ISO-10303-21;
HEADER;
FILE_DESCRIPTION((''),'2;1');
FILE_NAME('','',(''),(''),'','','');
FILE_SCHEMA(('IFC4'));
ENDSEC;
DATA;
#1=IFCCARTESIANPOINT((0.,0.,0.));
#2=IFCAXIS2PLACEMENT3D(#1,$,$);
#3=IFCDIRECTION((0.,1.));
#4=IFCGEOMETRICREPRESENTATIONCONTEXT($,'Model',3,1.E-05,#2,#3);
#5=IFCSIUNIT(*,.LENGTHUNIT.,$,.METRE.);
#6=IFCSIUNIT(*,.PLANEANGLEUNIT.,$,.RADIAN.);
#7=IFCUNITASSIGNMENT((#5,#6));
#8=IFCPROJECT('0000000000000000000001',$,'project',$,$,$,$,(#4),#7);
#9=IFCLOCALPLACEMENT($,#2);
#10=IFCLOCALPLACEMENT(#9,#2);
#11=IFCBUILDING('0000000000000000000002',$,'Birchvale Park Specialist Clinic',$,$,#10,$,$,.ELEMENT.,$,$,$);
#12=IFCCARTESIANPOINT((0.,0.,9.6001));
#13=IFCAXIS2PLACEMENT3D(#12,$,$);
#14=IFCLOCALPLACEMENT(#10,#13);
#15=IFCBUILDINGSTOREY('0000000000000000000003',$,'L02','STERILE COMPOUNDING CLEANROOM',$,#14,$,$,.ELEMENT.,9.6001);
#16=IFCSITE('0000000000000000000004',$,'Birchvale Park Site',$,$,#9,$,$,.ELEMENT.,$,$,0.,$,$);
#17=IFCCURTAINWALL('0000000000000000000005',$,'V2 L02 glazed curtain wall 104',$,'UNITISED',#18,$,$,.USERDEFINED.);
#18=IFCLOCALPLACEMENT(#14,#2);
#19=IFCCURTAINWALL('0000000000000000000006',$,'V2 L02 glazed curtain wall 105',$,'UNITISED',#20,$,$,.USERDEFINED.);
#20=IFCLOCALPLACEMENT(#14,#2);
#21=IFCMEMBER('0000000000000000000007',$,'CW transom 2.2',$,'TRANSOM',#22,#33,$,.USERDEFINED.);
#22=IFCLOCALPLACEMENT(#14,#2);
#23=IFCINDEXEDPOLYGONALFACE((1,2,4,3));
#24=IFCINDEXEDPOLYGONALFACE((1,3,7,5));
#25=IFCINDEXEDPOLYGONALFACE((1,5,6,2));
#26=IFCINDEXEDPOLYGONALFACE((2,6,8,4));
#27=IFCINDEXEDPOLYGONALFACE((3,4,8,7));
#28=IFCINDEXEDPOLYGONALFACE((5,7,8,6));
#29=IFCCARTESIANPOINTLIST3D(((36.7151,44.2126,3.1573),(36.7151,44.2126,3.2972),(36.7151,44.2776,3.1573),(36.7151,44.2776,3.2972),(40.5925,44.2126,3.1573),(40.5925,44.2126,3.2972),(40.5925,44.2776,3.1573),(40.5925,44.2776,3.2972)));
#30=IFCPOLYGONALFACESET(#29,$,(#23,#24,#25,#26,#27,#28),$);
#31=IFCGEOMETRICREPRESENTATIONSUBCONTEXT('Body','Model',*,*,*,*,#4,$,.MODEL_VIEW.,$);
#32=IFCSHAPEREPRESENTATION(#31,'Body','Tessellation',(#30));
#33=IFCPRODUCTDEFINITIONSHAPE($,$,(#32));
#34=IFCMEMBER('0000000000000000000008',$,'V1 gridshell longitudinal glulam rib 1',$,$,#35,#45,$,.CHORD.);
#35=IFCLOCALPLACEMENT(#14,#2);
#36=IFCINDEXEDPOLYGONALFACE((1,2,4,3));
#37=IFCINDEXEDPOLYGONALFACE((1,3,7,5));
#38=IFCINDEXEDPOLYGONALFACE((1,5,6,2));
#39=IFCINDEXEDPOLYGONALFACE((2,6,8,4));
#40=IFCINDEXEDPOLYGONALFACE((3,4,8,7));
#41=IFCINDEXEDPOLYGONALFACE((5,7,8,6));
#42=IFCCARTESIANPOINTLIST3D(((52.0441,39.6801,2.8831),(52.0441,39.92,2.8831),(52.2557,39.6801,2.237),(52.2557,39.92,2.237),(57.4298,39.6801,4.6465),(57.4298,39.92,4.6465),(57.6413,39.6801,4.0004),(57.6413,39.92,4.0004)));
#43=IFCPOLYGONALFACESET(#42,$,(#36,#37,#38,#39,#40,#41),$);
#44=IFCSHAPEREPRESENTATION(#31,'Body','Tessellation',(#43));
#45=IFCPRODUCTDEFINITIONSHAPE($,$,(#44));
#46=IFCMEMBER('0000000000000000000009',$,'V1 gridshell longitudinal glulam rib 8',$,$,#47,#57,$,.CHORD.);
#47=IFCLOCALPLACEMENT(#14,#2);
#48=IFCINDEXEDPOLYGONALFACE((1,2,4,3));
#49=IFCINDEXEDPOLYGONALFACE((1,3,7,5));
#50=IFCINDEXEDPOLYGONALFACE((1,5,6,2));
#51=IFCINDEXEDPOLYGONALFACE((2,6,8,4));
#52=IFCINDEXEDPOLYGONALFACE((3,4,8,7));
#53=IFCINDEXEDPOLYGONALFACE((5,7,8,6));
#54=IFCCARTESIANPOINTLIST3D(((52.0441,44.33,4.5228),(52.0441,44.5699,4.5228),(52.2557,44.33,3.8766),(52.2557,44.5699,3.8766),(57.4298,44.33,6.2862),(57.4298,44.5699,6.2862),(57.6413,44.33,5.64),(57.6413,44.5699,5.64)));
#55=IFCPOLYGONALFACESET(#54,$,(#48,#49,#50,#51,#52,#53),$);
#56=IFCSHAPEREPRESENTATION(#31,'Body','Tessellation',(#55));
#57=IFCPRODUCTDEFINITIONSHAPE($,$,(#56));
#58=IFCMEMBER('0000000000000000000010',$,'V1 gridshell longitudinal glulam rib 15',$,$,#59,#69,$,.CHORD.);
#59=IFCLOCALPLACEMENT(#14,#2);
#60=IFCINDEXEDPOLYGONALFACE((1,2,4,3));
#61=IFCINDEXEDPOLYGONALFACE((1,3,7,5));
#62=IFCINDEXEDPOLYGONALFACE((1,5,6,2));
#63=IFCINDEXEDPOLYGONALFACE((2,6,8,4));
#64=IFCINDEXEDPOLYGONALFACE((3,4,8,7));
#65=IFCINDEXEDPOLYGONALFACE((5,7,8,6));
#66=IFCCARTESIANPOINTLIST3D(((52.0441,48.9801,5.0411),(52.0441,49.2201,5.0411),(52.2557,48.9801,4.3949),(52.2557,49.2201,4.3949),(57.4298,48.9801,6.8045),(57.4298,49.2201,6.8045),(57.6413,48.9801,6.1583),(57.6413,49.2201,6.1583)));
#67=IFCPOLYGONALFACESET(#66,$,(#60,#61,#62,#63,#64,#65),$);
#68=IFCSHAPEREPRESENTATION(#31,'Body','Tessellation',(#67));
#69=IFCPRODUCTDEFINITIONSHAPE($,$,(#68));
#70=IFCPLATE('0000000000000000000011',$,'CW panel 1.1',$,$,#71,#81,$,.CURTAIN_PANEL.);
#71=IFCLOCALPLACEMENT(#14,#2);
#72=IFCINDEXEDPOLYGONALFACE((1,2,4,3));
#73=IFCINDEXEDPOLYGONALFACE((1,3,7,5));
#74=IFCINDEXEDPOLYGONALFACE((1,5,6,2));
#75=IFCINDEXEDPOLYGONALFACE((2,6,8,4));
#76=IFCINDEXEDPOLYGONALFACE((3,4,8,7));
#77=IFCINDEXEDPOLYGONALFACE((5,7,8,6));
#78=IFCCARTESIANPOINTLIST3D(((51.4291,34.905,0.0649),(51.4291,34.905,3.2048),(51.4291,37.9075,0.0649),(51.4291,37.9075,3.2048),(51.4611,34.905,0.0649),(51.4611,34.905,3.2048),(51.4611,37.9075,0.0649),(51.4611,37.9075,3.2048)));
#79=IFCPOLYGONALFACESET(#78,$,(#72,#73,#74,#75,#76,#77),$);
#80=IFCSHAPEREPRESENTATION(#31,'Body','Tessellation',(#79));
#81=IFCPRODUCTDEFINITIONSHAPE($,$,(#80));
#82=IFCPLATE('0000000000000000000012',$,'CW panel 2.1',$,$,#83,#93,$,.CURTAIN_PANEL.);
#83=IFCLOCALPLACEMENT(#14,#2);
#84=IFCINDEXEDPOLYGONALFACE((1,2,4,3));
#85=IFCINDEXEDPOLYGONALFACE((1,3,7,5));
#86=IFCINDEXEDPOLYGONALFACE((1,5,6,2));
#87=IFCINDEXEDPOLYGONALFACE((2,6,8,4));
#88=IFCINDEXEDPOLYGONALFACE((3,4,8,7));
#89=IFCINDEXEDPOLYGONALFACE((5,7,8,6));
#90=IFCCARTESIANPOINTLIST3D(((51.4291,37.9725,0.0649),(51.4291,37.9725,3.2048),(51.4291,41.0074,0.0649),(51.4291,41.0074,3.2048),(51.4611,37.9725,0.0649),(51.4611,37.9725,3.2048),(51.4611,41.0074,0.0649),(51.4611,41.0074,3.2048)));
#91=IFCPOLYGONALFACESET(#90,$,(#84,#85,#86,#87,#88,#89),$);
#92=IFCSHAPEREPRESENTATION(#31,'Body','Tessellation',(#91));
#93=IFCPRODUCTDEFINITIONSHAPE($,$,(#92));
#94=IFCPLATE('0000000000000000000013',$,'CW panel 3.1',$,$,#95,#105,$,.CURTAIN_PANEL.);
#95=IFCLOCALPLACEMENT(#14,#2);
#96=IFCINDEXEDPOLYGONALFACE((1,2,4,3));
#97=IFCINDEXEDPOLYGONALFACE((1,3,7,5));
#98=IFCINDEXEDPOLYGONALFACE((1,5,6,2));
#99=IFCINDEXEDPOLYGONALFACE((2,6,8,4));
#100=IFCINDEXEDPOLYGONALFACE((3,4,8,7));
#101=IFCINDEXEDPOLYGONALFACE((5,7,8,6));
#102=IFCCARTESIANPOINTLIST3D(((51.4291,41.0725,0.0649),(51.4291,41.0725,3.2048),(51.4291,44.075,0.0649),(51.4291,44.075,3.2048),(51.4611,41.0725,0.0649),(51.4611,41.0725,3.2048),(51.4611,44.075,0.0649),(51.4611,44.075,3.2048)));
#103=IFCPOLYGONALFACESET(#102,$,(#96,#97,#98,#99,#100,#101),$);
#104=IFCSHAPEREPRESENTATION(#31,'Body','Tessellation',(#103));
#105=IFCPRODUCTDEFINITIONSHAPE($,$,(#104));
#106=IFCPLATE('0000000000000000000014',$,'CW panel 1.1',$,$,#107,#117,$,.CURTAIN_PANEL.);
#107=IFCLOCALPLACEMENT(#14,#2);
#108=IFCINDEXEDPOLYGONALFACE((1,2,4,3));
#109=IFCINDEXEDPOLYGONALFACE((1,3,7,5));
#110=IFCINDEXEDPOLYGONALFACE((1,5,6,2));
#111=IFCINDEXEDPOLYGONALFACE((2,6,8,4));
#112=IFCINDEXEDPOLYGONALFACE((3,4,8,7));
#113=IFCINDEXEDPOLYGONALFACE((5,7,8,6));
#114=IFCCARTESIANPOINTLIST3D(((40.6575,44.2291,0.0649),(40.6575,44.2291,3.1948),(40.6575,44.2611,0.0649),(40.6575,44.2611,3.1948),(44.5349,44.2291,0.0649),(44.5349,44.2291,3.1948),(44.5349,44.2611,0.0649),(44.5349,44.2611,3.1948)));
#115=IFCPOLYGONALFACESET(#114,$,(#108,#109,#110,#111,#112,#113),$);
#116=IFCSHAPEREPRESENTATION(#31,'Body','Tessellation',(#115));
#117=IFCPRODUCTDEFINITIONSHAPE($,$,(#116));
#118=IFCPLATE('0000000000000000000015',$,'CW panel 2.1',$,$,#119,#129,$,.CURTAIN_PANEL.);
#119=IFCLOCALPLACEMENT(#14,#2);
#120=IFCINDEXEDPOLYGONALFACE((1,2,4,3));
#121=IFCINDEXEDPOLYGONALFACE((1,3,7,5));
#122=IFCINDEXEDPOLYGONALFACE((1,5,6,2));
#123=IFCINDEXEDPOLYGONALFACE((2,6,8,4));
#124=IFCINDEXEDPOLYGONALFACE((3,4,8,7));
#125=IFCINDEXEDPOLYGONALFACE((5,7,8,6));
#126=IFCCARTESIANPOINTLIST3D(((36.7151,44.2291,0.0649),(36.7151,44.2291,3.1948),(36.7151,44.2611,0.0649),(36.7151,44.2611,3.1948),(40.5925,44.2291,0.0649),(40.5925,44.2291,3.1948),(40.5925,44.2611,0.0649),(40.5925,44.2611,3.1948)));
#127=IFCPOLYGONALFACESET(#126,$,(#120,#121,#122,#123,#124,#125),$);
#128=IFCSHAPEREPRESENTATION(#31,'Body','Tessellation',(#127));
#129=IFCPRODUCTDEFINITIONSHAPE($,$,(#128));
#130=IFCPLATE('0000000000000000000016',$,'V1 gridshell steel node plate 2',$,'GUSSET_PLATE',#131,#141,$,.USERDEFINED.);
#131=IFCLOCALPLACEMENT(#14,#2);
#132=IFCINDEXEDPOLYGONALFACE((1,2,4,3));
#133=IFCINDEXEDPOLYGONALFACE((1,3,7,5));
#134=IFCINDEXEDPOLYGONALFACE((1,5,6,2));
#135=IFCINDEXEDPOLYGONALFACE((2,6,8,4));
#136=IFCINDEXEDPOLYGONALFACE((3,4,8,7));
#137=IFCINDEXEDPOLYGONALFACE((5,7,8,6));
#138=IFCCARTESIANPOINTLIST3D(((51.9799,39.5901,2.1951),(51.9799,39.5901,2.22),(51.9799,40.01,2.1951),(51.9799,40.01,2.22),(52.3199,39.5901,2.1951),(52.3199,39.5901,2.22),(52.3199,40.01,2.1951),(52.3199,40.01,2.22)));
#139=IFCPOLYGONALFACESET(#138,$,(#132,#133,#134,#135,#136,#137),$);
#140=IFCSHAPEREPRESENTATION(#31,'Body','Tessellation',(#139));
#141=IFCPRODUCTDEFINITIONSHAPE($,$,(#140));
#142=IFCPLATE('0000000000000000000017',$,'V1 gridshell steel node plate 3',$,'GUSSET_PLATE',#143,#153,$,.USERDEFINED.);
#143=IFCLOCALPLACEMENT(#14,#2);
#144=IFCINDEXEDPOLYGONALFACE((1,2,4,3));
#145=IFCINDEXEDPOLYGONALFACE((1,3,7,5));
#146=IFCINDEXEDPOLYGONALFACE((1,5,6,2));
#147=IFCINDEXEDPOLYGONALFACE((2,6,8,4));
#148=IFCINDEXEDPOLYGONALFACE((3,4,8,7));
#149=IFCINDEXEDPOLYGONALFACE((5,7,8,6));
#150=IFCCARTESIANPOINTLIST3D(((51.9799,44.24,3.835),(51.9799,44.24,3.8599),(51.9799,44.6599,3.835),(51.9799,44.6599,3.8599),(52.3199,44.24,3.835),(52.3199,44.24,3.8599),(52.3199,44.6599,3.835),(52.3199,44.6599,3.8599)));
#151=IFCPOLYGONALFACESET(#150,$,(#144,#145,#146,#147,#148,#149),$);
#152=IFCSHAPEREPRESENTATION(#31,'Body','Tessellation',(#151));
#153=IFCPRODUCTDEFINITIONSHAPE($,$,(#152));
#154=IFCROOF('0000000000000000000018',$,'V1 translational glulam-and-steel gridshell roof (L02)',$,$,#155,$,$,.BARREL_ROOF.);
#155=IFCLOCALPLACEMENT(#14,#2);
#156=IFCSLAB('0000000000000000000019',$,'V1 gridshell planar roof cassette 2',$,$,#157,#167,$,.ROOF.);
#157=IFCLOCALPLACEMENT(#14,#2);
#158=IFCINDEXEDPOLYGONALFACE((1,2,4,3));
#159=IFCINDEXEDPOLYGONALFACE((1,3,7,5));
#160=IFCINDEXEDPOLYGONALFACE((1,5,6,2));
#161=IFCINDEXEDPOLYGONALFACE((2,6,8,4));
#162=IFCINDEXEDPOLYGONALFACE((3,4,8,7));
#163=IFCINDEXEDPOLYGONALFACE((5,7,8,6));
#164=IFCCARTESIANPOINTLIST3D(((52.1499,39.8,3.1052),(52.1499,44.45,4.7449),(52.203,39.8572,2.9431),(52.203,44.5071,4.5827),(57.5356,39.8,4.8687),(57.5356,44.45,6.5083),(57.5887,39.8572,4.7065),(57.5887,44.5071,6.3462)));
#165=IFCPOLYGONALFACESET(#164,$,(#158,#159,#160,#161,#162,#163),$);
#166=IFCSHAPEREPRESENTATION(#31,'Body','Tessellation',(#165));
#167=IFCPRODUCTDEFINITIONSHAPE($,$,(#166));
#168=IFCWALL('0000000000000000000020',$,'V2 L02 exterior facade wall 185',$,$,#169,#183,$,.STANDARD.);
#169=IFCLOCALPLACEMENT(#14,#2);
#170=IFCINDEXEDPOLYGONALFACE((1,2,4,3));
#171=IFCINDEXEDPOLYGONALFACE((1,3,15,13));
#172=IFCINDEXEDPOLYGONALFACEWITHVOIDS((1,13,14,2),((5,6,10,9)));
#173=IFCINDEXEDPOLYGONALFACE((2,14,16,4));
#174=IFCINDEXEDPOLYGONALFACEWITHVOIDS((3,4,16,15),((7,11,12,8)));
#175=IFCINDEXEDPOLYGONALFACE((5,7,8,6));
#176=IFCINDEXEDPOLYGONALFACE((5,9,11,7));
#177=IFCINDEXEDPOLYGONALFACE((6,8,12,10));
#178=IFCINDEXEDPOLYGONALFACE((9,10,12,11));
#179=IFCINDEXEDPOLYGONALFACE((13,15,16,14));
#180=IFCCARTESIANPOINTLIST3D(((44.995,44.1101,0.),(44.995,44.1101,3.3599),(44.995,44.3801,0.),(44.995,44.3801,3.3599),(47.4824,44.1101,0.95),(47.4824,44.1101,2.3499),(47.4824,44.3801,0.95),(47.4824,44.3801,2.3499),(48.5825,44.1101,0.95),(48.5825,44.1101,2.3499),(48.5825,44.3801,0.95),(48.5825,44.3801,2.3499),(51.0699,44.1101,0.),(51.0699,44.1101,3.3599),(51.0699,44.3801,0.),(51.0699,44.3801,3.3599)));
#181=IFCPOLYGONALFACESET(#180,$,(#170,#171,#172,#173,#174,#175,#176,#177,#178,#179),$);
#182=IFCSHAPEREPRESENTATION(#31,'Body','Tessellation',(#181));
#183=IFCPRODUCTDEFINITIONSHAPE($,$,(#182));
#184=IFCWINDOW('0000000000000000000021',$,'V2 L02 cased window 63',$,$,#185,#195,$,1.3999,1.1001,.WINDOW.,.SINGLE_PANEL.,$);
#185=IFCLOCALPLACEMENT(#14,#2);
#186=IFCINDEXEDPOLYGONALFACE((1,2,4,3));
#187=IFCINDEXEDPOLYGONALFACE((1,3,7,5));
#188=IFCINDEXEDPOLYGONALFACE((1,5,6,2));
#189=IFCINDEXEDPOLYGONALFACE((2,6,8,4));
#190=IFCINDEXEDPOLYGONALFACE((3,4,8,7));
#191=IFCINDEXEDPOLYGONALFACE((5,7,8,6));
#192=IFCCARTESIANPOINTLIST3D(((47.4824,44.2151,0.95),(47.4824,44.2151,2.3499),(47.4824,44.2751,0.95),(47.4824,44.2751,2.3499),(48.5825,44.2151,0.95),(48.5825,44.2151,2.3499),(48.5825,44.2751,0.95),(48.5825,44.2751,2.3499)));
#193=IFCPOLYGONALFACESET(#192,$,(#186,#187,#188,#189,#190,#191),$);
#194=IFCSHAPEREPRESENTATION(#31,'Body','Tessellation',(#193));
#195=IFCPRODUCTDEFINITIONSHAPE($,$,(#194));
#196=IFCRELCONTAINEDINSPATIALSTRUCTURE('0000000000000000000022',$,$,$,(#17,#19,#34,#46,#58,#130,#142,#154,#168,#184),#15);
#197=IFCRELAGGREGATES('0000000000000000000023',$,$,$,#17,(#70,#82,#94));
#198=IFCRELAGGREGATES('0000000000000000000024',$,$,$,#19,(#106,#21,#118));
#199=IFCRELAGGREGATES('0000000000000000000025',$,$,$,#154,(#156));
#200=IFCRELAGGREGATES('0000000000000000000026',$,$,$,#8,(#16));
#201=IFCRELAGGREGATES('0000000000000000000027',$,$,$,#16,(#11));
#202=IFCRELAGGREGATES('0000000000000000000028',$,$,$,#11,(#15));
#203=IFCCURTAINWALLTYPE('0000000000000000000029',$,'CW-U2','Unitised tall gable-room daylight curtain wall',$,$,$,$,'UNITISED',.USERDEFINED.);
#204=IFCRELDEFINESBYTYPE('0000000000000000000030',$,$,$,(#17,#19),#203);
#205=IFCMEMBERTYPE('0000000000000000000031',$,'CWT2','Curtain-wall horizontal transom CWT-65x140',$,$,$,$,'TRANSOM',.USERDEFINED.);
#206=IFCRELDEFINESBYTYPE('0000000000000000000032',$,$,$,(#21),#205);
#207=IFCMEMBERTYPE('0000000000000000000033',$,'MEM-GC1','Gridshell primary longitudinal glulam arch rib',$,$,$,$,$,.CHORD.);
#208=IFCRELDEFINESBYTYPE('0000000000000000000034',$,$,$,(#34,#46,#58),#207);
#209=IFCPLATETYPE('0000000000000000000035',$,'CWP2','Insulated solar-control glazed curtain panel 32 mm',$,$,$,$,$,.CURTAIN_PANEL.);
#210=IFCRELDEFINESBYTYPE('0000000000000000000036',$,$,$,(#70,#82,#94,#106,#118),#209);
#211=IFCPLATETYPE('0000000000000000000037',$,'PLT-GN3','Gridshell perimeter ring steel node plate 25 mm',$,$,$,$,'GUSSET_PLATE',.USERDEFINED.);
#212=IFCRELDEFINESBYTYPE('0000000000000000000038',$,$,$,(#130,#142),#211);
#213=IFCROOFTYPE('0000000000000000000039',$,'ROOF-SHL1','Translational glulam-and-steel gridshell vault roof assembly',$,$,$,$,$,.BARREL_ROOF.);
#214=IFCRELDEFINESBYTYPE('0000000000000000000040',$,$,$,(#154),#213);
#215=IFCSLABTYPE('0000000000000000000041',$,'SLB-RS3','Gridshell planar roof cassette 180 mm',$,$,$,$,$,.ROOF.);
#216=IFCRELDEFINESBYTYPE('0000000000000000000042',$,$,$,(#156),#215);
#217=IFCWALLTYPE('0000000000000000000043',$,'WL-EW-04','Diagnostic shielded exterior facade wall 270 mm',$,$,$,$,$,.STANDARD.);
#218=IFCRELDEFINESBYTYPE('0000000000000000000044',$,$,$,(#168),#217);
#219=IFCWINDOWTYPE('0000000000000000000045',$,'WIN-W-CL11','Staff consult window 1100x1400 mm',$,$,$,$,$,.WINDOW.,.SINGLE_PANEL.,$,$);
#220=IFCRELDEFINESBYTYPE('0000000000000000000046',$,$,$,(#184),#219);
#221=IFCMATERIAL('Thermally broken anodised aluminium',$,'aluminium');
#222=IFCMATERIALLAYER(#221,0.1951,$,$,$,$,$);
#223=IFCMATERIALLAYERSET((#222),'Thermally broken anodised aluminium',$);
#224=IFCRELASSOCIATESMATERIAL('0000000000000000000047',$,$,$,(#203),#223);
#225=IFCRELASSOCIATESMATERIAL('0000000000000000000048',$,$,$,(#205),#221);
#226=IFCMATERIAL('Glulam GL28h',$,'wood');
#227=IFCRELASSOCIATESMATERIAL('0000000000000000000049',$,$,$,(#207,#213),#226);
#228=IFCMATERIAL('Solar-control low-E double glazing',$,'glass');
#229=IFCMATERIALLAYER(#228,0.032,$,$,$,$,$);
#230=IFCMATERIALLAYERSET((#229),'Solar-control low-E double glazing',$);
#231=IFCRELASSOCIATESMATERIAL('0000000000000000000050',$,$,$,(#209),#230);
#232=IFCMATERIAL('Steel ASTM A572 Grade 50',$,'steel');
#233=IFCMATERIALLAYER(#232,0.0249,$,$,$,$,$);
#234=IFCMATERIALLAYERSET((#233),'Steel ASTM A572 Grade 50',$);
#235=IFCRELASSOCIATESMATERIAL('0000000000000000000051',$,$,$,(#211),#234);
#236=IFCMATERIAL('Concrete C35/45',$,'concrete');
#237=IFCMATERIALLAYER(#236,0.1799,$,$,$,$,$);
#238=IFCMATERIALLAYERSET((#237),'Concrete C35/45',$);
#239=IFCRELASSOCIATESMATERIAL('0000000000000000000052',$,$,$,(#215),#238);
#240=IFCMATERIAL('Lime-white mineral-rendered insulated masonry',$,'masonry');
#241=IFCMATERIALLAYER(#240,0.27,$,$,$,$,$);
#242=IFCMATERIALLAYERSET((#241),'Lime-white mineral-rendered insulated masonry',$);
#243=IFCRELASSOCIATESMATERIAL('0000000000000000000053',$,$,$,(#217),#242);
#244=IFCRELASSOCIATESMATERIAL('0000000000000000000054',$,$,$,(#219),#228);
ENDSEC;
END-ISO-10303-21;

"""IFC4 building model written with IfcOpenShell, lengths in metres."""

from ifc_helpers import new_model, si_unit, direction, frame, frame_2d, origin, origin_2d, place, context, subcontext, project, spatial, polyline, rectangle, outline, extrude, material, layer, layer_set, material_profile, profile_set, type_object, element, fill, aggregate, save


model = new_model("IFC4")

# Units and contexts
model_context = context("Model", 3, precision=1e-05, world=origin(), true_north=direction((0.0, 1.0)))
body_context = subcontext(model_context, "Body", "Model", "MODEL_VIEW")
ifc_project = project(units=[si_unit("LENGTHUNIT", "METRE"), si_unit("PLANEANGLEUNIT", "RADIAN")], contexts=[model_context])

# Site, building, storey
site_placement = place(None, origin())
site = spatial("IfcSite", under=ifc_project, at=site_placement, Name="Birchvale Park Site", CompositionType="ELEMENT", RefElevation=0.0)
building_placement = place(site_placement, origin())
building = spatial("IfcBuilding", under=site, at=building_placement, Name="Birchvale Park Specialist Clinic", CompositionType="ELEMENT")
storey_placement = place(building_placement, frame((0.0, 0.0, 9.6001)))
storey = spatial("IfcBuildingStorey", under=building, at=storey_placement, Name="L02", Description="STERILE COMPOUNDING CLEANROOM", CompositionType="ELEMENT", Elevation=9.6001)

# Curtain walls
ifc_material_1 = material(Name="Thermally broken anodised aluminium", Category="aluminium")
ifc_layer_1 = layer(ifc_material_1, 0.1951)
ifc_layer_set_1 = layer_set([ifc_layer_1], Name="Thermally broken anodised aluminium")
curtain_wall_type = type_object("IfcCurtainWallType", Name="CW-U2", Description="Unitised tall gable-room daylight curtain wall", ElementType="UNITISED", PredefinedType="USERDEFINED", material=ifc_layer_set_1)
curtain_wall_1_placement = place(storey_placement, origin())
curtain_wall_1 = element("IfcCurtainWall", 1, at=curtain_wall_1_placement, inside=storey, type_object=curtain_wall_type, Name="V2 L02 glazed curtain wall 104", ObjectType="UNITISED", PredefinedType="USERDEFINED")
curtain_wall_2_placement = place(storey_placement, origin())
curtain_wall_2 = element("IfcCurtainWall", 2, at=curtain_wall_2_placement, inside=storey, type_object=curtain_wall_type, Name="V2 L02 glazed curtain wall 105", ObjectType="UNITISED", PredefinedType="USERDEFINED")

# Member
ifc_material_profile_1 = material_profile(ifc_material_1, rectangle(XDim=0.0649, YDim=0.1399, at=origin_2d()), Name="CWT-65x140")
ifc_profile_set_1 = profile_set([ifc_material_profile_1], Name="Thermally broken anodised aluminium")
member_type_1 = type_object("IfcMemberType", Name="CWT2", Description="Curtain-wall horizontal transom CWT-65x140", ElementType="TRANSOM", PredefinedType="USERDEFINED", material=ifc_profile_set_1)
member_1_placement = place(storey_placement, frame((40.5925, 44.2451, 3.2273), z_axis=(-1.0, 0.0, 0.0), x_axis=(0.0, -1.0, 0.0)))
member_1 = element("IfcMember", 3, at=member_1_placement, type_object=member_type_1, Name="CW transom 2.2", ObjectType="TRANSOM", PredefinedType="USERDEFINED", context=body_context, shape_type="SweptSolid", body=[
    extrude(rectangle(XDim=0.0649, YDim=0.1399, at=origin_2d()), origin(), (0.0, 0.0, 1.0), 3.8774),
])

# Members
ifc_material_2 = material(Name="Glulam GL28h", Category="wood")
ifc_material_profile_2 = material_profile(ifc_material_2, rectangle(XDim=0.24, YDim=0.6799, at=origin_2d()), Name="GL-240x680")
ifc_profile_set_2 = profile_set([ifc_material_profile_2], Name="Glulam GL28h")
member_type_2 = type_object("IfcMemberType", Name="MEM-GC1", Description="Gridshell primary longitudinal glulam arch rib", PredefinedType="CHORD", material=ifc_profile_set_2)
for number, where, z_axis, x_axis, name in (
    (4, (52.1499, 39.8, 2.5601), (0.950354, 0.0, 0.31117), (0.0, 1.0, 0.0), "V1 gridshell longitudinal glulam rib 1"),
    (5, (52.1499, 44.45, 4.1997), (0.950354, 0.0, 0.31117), (0.0, 1.0, 0.0), "V1 gridshell longitudinal glulam rib 8"),
    (6, (52.1499, 49.1001, 4.718), (0.950354, 0.0, 0.31117), (0.0, 1.0, 0.0), "V1 gridshell longitudinal glulam rib 15"),
):
    element("IfcMember", number, at=place(storey_placement, frame(where, z_axis=z_axis, x_axis=x_axis)), inside=storey, type_object=member_type_2, Name=name, PredefinedType="CHORD", context=body_context, shape_type="SweptSolid", body=[
        extrude(rectangle(XDim=0.24, YDim=0.6799, at=origin_2d()), origin(), (0.0, 0.0, 1.0), 5.667),
    ])

# Plates
ifc_material_3 = material(Name="Solar-control low-E double glazing", Category="glass")
ifc_layer_2 = layer(ifc_material_3, 0.032)
ifc_layer_set_2 = layer_set([ifc_layer_2], Name="Solar-control low-E double glazing")
plate_type_1 = type_object("IfcPlateType", Name="CWP2", Description="Insulated solar-control glazed curtain panel 32 mm", PredefinedType="CURTAIN_PANEL", material=ifc_layer_set_2)
plate_1_placement = place(storey_placement, frame((51.4451, 36.4062, 0.0649), z_axis=(0.0, 0.0, 1.0), x_axis=(0.0, 1.0, 0.0)))
plate_1 = element("IfcPlate", 7, at=plate_1_placement, type_object=plate_type_1, Name="CW panel 1.1", PredefinedType="CURTAIN_PANEL", context=body_context, shape_type="SweptSolid", body=[
    extrude(rectangle(XDim=3.0024, YDim=0.032, at=origin_2d()), origin(), (0.0, 0.0, 1.0), 3.1399),
])
plate_2_placement = place(storey_placement, frame((51.4451, 39.49, 0.0649), z_axis=(0.0, 0.0, 1.0), x_axis=(0.0, 1.0, 0.0)))
plate_2 = element("IfcPlate", 8, at=plate_2_placement, type_object=plate_type_1, Name="CW panel 2.1", PredefinedType="CURTAIN_PANEL", context=body_context, shape_type="SweptSolid", body=[
    extrude(rectangle(XDim=3.0349, YDim=0.032, at=origin_2d()), origin(), (0.0, 0.0, 1.0), 3.1399),
])
plate_3_placement = place(storey_placement, frame((51.4451, 42.5737, 0.0649), z_axis=(0.0, 0.0, 1.0), x_axis=(0.0, 1.0, 0.0)))
plate_3 = element("IfcPlate", 9, at=plate_3_placement, type_object=plate_type_1, Name="CW panel 3.1", PredefinedType="CURTAIN_PANEL", context=body_context, shape_type="SweptSolid", body=[
    extrude(rectangle(XDim=3.0024, YDim=0.032, at=origin_2d()), origin(), (0.0, 0.0, 1.0), 3.1399),
])
aggregate(curtain_wall_1, [plate_1, plate_2, plate_3])
plate_4_placement = place(storey_placement, frame((42.5962, 44.2451, 0.0649), z_axis=(0.0, 0.0, 1.0), x_axis=(-1.0, 0.0, 0.0)))
plate_4 = element("IfcPlate", 10, at=plate_4_placement, type_object=plate_type_1, Name="CW panel 1.1", PredefinedType="CURTAIN_PANEL", context=body_context, shape_type="SweptSolid", body=[
    extrude(rectangle(XDim=3.8774, YDim=0.032, at=origin_2d()), origin(), (0.0, 0.0, 1.0), 3.1299),
])
plate_5_placement = place(storey_placement, frame((38.6538, 44.2451, 0.0649), z_axis=(0.0, 0.0, 1.0), x_axis=(-1.0, 0.0, 0.0)))
plate_5 = element("IfcPlate", 11, at=plate_5_placement, type_object=plate_type_1, Name="CW panel 2.1", PredefinedType="CURTAIN_PANEL", context=body_context, shape_type="SweptSolid", body=[
    extrude(rectangle(XDim=3.8774, YDim=0.032, at=origin_2d()), origin(), (0.0, 0.0, 1.0), 3.1299),
])
aggregate(curtain_wall_2, [plate_4, member_1, plate_5])

# Plates
ifc_material_4 = material(Name="Steel ASTM A572 Grade 50", Category="steel")
ifc_layer_3 = layer(ifc_material_4, 0.0249)
ifc_layer_set_3 = layer_set([ifc_layer_3], Name="Steel ASTM A572 Grade 50")
plate_type_2 = type_object("IfcPlateType", Name="PLT-GN3", Description="Gridshell perimeter ring steel node plate 25 mm", ElementType="GUSSET_PLATE", PredefinedType="USERDEFINED", material=ifc_layer_set_3)
for number, where, z_axis, x_axis, name in (
    (12, (52.1499, 39.8, 2.1951), (0.0, 0.0, 1.0), (1.0, 0.0, 0.0), "V1 gridshell steel node plate 2"),
    (13, (52.1499, 44.45, 3.835), (0.0, 0.0, 1.0), (1.0, 0.0, 0.0), "V1 gridshell steel node plate 3"),
):
    element("IfcPlate", number, at=place(storey_placement, frame(where, z_axis=z_axis, x_axis=x_axis)), inside=storey, type_object=plate_type_2, Name=name, ObjectType="GUSSET_PLATE", PredefinedType="USERDEFINED", context=body_context, shape_type="SweptSolid", body=[
        extrude(rectangle(XDim=0.3401, YDim=0.4199, at=origin_2d()), origin(), (0.0, 0.0, 1.0), 0.0249),
    ])

# Roof, slab
roof_type = type_object("IfcRoofType", Name="ROOF-SHL1", Description="Translational glulam-and-steel gridshell vault roof assembly", PredefinedType="BARREL_ROOF", material=ifc_material_2)
roof_placement = place(storey_placement, origin())
roof = element("IfcRoof", 14, at=roof_placement, inside=storey, type_object=roof_type, Name="V1 translational glulam-and-steel gridshell roof (L02)", PredefinedType="BARREL_ROOF")
ifc_material_5 = material(Name="Concrete C35/45", Category="concrete")
ifc_layer_4 = layer(ifc_material_5, 0.1799)
ifc_layer_set_4 = layer_set([ifc_layer_4], Name="Concrete C35/45")
slab_type = type_object("IfcSlabType", Name="SLB-RS3", Description="Gridshell planar roof cassette 180 mm", PredefinedType="ROOF", material=ifc_layer_set_4)
slab_placement = place(storey_placement, frame((52.1499, 39.8, 3.1052), z_axis=(-0.295044, -0.317747, 0.901103), x_axis=(0.950354, 0.0, 0.31117)))
slab = element("IfcSlab", 15, at=slab_placement, type_object=slab_type, Name="V1 gridshell planar roof cassette 2", PredefinedType="ROOF", context=body_context, shape_type="SweptSolid", body=[
    extrude(outline(polyline([(0.0, 0.0), (5.6671, 0.0), (6.1773, 4.9041), (0.5102, 4.9041), (0.0, 0.0)])), origin(), (0.0, 0.0, -1.0), 0.1799),
])
aggregate(roof, [slab])

# Wall, opening, window
ifc_material_6 = material(Name="Lime-white mineral-rendered insulated masonry", Category="masonry")
ifc_layer_5 = layer(ifc_material_6, 0.27)
ifc_layer_set_5 = layer_set([ifc_layer_5], Name="Lime-white mineral-rendered insulated masonry")
wall_type_1 = type_object("IfcWallType", Name="WL-EW-04", Description="Diagnostic shielded exterior facade wall 270 mm", PredefinedType="STANDARD", material=ifc_layer_set_5)
wall_1_placement = place(storey_placement, frame((51.0701, 44.2451, 0.0), z_axis=(0.0, 0.0, 1.0), x_axis=(-1.0, 0.0, 0.0)))
wall_1 = element("IfcWall", 16, at=wall_1_placement, inside=storey, type_object=wall_type_1, Name="V2 L02 exterior facade wall 185", PredefinedType="STANDARD", context=body_context, shape_type="SweptSolid", body=[
    extrude(rectangle(XDim=6.075, YDim=0.27, at=frame_2d((3.0376, 0.0))), origin(), (0.0, 0.0, 1.0), 3.3599),
])
opening_placement = place(wall_1_placement, frame((2.4875, 0.0, 0.95)))
opening = element("IfcOpeningElement", 17, at=opening_placement, cuts=wall_1, PredefinedType="OPENING", context=body_context, shape_type="SweptSolid", body=[
    extrude(rectangle(XDim=1.1001, YDim=1.3999, at=frame_2d((0.55, 0.7))), frame((0.0, 0.145, 0.0), z_axis=(0.0, -1.0, 0.0), x_axis=(1.0, 0.0, 0.0)), (0.0, 0.0, 1.0), 0.29),
])
window_type = type_object("IfcWindowType", Name="WIN-W-CL11", Description="Staff consult window 1100x1400 mm", PartitioningType="SINGLE_PANEL", PredefinedType="WINDOW", material=ifc_material_3)
window_placement = place(opening_placement, origin())
window = element("IfcWindow", 18, at=window_placement, inside=storey, type_object=window_type, Name="V2 L02 cased window 63", OverallHeight=1.3999, OverallWidth=1.1001, PartitioningType="SINGLE_PANEL", PredefinedType="WINDOW", context=body_context, shape_type="SweptSolid", body=[
    extrude(rectangle(XDim=1.1001, YDim=1.3999, at=frame_2d((0.55, 0.7))), frame((0.0, 0.03, 0.0), z_axis=(0.0, -1.0, 0.0), x_axis=(1.0, 0.0, 0.0)), (0.0, 0.0, 1.0), 0.0601),
])
fill(opening, window)

save(model, "model.ifc")
